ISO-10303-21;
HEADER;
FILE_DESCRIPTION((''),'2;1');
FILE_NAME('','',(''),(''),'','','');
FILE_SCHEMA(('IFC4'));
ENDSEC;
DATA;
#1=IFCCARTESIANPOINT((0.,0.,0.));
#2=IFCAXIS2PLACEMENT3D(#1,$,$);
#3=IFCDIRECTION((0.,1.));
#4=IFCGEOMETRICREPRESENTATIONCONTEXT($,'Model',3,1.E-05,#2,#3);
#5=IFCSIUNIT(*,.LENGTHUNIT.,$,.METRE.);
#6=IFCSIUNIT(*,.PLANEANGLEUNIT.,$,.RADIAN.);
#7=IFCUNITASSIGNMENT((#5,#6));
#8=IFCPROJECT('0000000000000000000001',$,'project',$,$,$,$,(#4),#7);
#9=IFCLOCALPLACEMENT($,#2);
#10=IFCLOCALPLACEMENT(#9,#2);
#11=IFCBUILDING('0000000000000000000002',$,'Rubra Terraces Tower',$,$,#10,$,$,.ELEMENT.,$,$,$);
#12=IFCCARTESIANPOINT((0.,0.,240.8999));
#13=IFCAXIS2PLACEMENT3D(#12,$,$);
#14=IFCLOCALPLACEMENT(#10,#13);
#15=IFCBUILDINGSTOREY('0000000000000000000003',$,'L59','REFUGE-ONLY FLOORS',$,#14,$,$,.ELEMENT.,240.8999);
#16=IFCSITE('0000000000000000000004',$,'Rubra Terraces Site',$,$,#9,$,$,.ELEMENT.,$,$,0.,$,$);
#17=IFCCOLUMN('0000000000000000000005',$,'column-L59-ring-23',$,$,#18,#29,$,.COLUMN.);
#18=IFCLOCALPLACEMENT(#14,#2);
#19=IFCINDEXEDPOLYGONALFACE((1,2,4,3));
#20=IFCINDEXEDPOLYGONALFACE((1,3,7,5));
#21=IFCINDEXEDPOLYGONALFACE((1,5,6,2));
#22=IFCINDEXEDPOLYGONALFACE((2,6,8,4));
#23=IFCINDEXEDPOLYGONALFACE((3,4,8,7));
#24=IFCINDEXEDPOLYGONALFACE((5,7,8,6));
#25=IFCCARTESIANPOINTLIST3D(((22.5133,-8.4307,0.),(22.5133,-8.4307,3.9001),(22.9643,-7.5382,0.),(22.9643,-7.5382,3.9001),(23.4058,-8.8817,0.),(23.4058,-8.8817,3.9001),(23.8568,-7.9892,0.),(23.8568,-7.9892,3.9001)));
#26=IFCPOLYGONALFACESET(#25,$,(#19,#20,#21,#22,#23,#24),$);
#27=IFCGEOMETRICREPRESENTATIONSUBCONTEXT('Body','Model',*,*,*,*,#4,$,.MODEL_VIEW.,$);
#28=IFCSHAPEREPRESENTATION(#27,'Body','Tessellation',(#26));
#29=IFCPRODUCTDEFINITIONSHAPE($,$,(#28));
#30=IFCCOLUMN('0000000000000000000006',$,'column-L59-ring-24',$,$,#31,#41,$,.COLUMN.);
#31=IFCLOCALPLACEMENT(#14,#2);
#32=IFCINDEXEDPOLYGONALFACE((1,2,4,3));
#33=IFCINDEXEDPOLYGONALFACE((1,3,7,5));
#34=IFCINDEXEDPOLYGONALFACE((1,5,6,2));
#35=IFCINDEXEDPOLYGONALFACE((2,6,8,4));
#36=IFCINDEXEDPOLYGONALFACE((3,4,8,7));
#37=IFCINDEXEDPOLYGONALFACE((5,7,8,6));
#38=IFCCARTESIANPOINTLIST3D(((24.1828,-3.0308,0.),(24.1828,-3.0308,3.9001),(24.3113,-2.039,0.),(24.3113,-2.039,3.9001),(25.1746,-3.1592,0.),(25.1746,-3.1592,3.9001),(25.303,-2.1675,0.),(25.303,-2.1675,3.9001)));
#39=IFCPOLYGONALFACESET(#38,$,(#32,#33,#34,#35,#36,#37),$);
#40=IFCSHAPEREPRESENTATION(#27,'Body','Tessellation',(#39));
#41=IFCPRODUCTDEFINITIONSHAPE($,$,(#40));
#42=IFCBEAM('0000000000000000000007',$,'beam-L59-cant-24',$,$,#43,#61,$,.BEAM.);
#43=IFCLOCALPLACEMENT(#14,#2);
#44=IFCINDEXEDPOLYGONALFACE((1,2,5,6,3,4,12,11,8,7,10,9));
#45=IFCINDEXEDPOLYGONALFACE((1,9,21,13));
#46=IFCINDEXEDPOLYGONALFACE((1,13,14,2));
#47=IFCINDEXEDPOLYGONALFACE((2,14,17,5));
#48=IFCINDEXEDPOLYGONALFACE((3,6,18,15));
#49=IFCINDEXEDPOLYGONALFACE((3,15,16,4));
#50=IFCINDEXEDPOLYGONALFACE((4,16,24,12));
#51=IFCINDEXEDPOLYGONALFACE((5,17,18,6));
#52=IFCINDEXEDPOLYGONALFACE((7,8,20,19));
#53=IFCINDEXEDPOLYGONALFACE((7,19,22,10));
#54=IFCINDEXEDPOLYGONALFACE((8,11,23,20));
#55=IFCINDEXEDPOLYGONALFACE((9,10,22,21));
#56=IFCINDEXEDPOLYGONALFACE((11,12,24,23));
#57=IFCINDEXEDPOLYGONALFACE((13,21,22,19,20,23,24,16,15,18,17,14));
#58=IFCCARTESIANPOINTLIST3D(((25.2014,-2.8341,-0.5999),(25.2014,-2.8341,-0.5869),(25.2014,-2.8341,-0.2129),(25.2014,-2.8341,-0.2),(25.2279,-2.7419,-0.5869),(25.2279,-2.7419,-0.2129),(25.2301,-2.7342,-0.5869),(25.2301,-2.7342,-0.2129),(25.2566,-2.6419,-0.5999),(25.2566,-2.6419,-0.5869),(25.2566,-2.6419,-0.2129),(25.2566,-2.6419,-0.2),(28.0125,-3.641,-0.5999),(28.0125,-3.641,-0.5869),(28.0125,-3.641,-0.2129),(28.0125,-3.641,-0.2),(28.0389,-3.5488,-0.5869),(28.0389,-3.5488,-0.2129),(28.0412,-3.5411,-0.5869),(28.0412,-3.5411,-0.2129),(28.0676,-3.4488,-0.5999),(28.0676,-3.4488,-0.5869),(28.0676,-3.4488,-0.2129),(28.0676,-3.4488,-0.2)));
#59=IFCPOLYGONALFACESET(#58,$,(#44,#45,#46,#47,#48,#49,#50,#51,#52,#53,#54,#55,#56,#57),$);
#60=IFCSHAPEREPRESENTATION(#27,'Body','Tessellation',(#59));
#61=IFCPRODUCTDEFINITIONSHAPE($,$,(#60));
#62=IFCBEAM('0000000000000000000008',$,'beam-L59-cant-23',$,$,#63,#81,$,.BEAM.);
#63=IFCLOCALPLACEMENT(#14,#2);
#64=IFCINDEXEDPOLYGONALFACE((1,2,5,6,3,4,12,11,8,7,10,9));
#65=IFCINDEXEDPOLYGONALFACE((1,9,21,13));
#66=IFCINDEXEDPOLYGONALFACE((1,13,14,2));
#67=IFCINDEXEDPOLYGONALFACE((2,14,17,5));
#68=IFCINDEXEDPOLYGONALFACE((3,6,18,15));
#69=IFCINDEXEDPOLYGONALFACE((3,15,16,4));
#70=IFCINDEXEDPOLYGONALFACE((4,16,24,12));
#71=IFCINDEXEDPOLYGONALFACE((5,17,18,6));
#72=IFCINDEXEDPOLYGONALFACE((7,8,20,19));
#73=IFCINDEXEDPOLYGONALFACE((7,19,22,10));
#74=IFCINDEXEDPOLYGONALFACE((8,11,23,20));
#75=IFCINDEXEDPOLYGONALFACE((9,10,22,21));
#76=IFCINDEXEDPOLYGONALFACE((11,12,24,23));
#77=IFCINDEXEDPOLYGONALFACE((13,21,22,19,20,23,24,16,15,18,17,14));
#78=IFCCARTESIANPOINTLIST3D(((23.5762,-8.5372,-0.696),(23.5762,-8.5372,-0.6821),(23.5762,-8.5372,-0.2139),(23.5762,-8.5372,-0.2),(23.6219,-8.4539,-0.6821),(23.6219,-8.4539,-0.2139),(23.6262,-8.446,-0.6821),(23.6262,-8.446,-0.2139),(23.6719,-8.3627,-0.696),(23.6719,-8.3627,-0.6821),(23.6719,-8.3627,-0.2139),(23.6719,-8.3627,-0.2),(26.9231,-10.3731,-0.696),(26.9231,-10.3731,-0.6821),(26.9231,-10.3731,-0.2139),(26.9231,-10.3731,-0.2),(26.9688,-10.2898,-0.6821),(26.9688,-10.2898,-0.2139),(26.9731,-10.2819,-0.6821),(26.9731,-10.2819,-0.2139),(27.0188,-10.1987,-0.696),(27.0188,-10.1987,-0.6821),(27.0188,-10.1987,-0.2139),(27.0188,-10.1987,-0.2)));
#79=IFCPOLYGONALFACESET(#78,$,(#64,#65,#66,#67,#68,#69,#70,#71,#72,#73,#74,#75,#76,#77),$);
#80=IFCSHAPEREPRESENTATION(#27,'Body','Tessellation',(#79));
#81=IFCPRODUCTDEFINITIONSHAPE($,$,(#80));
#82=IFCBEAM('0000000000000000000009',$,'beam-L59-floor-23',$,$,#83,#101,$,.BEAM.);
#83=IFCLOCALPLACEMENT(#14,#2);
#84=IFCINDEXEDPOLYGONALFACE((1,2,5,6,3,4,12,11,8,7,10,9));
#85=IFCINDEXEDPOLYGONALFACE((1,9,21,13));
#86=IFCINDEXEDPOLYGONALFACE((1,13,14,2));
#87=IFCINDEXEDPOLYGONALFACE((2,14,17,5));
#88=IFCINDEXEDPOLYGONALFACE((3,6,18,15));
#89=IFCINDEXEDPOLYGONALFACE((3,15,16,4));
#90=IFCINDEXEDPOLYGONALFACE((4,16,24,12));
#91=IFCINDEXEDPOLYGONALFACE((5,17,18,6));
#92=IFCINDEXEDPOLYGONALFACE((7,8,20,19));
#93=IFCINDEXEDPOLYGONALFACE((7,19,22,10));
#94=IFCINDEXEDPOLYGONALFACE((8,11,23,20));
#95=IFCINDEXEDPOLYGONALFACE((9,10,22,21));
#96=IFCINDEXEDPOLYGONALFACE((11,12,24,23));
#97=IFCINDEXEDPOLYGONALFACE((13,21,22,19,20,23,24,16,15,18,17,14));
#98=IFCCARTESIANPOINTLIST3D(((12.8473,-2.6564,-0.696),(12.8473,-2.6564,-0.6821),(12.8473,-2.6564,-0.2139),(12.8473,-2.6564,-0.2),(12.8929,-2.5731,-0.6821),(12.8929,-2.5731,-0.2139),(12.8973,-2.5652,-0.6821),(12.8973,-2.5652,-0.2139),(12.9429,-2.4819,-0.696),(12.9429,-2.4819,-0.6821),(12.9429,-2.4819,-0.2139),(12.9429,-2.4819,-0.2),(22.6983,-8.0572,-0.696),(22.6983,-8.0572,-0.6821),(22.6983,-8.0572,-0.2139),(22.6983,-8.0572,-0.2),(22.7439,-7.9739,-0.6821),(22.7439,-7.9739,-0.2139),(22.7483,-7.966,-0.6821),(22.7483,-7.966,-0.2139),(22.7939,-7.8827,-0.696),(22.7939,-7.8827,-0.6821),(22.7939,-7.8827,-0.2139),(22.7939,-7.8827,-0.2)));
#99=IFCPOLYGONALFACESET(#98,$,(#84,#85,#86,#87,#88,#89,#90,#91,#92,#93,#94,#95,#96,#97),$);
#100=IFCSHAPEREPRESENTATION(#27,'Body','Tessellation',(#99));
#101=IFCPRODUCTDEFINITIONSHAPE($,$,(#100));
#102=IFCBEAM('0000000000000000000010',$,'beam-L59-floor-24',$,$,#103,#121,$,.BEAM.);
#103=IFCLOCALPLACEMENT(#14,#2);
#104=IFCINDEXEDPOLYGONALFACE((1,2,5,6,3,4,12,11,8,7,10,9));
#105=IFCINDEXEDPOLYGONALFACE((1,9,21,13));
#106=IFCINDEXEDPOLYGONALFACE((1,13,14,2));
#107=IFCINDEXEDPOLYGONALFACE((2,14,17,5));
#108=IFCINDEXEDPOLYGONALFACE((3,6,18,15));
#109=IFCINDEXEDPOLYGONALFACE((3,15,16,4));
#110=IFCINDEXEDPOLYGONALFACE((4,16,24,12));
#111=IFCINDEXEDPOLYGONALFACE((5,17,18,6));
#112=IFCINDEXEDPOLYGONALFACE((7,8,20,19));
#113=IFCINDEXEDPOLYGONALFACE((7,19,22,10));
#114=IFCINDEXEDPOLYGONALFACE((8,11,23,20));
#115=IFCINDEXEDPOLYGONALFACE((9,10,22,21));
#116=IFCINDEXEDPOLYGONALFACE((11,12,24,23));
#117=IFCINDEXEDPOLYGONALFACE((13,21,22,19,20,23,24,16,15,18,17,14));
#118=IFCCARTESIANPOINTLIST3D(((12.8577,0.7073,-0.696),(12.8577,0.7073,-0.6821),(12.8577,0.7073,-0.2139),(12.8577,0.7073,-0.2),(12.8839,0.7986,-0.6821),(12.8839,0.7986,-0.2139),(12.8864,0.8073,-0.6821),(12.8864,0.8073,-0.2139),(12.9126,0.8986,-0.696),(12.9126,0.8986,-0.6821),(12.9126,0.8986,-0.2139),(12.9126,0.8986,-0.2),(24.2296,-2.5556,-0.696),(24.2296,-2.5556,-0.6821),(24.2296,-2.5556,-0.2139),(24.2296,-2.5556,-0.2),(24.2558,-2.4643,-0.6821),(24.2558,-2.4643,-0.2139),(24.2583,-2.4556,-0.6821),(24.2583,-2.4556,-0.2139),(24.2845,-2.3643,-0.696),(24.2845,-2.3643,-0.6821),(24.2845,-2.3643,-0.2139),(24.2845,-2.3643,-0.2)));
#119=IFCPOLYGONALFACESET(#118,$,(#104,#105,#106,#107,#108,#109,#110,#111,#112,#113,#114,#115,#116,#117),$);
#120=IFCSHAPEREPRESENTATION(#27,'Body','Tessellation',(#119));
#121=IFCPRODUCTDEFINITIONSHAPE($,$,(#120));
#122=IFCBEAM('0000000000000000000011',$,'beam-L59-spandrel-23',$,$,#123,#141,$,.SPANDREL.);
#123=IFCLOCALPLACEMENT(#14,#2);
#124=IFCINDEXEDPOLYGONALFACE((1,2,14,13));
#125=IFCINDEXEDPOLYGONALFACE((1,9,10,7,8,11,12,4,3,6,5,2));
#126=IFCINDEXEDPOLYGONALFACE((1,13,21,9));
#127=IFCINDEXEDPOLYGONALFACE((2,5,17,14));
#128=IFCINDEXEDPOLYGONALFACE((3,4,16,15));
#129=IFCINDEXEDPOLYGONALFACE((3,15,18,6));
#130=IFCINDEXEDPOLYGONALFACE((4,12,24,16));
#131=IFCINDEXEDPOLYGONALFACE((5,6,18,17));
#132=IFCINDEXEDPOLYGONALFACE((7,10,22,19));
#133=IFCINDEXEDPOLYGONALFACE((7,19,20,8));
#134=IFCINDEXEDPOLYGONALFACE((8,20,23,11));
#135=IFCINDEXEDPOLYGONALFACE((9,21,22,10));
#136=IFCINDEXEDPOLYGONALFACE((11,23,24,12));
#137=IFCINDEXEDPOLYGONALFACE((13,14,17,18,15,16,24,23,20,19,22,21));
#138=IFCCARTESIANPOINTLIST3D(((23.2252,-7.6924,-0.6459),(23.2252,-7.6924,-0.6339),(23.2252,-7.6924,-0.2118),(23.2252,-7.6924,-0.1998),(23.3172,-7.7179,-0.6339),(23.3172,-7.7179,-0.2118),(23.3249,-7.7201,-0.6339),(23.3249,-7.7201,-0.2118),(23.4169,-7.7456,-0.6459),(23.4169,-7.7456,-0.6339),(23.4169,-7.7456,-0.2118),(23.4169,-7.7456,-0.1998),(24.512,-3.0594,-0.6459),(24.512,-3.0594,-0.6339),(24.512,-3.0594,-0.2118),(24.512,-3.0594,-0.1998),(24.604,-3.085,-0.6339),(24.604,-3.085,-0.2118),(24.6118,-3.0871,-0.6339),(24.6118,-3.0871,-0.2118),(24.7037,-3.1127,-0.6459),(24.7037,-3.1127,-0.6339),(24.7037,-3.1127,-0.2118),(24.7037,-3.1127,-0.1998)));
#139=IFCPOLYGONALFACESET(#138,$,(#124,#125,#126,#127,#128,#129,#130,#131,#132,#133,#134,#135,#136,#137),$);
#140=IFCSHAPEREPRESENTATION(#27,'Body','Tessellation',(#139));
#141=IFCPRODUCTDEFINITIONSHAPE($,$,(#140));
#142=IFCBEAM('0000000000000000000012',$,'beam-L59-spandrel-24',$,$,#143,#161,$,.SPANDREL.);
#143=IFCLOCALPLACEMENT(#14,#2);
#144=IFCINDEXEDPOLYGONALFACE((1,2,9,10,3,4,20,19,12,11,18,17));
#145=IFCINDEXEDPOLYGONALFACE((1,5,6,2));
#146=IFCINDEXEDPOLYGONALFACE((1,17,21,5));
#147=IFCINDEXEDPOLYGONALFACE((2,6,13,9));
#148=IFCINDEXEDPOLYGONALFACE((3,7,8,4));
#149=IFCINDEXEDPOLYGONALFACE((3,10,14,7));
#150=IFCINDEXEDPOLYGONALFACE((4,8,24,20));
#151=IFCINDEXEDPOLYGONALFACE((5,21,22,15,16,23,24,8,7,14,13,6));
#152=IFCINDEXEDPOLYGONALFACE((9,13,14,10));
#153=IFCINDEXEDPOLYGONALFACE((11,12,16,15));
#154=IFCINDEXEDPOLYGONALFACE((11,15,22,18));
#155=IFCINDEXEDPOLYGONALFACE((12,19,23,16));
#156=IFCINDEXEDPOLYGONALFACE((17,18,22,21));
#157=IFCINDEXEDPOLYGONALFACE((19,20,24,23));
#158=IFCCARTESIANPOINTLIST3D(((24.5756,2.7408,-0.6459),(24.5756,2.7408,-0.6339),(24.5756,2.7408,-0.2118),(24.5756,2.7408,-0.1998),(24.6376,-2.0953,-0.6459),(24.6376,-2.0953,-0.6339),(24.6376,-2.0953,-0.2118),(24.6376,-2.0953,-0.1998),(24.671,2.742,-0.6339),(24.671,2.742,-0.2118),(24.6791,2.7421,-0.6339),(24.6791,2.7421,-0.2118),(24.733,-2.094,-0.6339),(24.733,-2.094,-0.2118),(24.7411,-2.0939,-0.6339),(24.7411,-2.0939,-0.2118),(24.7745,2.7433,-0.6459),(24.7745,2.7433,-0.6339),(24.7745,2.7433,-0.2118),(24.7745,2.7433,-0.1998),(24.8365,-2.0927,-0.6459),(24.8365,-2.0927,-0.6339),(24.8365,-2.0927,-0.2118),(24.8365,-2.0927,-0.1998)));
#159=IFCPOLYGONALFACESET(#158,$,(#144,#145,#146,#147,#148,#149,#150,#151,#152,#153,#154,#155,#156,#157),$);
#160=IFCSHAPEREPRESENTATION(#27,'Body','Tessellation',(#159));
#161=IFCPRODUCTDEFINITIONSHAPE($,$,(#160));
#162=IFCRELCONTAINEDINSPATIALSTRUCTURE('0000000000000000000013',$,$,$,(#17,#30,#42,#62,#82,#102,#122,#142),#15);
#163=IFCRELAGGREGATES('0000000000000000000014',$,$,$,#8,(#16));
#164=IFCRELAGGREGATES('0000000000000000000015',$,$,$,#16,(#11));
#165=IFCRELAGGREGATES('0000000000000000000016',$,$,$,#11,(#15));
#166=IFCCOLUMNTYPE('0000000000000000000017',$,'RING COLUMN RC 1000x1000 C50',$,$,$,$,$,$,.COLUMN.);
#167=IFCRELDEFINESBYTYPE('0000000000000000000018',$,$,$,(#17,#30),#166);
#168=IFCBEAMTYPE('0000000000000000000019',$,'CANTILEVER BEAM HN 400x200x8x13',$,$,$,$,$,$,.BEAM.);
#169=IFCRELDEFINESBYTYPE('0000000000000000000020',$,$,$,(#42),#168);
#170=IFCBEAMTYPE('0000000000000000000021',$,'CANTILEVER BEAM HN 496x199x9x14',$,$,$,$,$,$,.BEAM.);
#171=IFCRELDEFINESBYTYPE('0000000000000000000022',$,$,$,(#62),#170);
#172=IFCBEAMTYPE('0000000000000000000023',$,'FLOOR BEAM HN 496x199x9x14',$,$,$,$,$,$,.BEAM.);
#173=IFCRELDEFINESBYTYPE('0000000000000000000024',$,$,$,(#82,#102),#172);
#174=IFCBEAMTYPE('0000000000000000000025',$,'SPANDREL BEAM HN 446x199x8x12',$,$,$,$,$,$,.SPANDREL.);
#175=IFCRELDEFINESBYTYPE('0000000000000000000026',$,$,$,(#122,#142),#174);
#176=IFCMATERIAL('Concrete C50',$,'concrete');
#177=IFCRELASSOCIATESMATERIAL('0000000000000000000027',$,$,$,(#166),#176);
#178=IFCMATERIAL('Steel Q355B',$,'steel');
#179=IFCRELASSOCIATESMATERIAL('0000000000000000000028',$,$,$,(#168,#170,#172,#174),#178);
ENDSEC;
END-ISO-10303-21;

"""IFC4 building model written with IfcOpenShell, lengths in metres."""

from ifc_helpers import new_model, si_unit, direction, frame, origin, origin_2d, place, context, subcontext, project, spatial, rectangle, i_section, extrude, material, material_profile, profile_set, type_object, element, save


model = new_model("IFC4")

# Units and contexts
model_context = context("Model", 3, precision=1e-05, world=origin(), true_north=direction((0.0, 1.0)))
body_context = subcontext(model_context, "Body", "Model", "MODEL_VIEW")
ifc_project = project(units=[si_unit("LENGTHUNIT", "METRE"), si_unit("PLANEANGLEUNIT", "RADIAN")], contexts=[model_context])

# Site, building, storey
site_placement = place(None, origin())
site = spatial("IfcSite", under=ifc_project, at=site_placement, Name="Rubra Terraces Site", CompositionType="ELEMENT", RefElevation=0.0)
building_placement = place(site_placement, origin())
building = spatial("IfcBuilding", under=site, at=building_placement, Name="Rubra Terraces Tower", CompositionType="ELEMENT")
storey_placement = place(building_placement, frame((0.0, 0.0, 240.8999)))
storey = spatial("IfcBuildingStorey", under=building, at=storey_placement, Name="L59", Description="REFUGE-ONLY FLOORS", CompositionType="ELEMENT", Elevation=240.8999)

# Columns
ifc_material_1 = material(Name="Concrete C50", Category="concrete")
ifc_material_profile_1 = material_profile(ifc_material_1, rectangle(XDim=1.0, YDim=1.0, at=origin_2d()), Name="RC 1000x1000")
ifc_profile_set_1 = profile_set([ifc_material_profile_1], Name="Concrete C50")
column_type = type_object("IfcColumnType", Name="RING COLUMN RC 1000x1000 C50", PredefinedType="COLUMN", material=ifc_profile_set_1)
for number, where, z_axis, x_axis, name in (
    (1, (23.1851, -8.21, 0.0), (0.0, 0.0, 1.0), (0.451028, 0.89251, 0.0), "column-L59-ring-23"),
    (2, (24.7429, -2.5991, 0.0), (0.0, 0.0, 1.0), (0.128444, 0.991717, 0.0), "column-L59-ring-24"),
):
    element("IfcColumn", number, at=place(storey_placement, frame(where, z_axis=z_axis, x_axis=x_axis)), inside=storey, type_object=column_type, Name=name, PredefinedType="COLUMN", context=body_context, shape_type="SweptSolid", body=[
        extrude(rectangle(XDim=1.0, YDim=1.0, at=origin_2d()), origin(), (0.0, 0.0, 1.0), 3.9001),
    ])

# Beams
ifc_material_2 = material(Name="Steel Q355B", Category="steel")
ifc_material_profile_2 = material_profile(ifc_material_2, i_section(OverallWidth=0.2, OverallDepth=0.3999, WebThickness=0.0081, FlangeThickness=0.0129, at=origin_2d()), Name="HN 400x200x8x13")
ifc_profile_set_2 = profile_set([ifc_material_profile_2], Name="Steel Q355B")
beam_type_1 = type_object("IfcBeamType", Name="CANTILEVER BEAM HN 400x200x8x13", PredefinedType="BEAM", material=ifc_profile_set_2)
beam_1_placement = place(storey_placement, frame((25.229, -2.738, -0.3999), z_axis=(0.961186, -0.275901, 0.0), x_axis=(0.275901, 0.961186, 0.0)))
element("IfcBeam", 3, at=beam_1_placement, inside=storey, type_object=beam_type_1, Name="beam-L59-cant-24", PredefinedType="BEAM", context=body_context, shape_type="SweptSolid", body=[
    extrude(i_section(OverallWidth=0.2, OverallDepth=0.3999, WebThickness=0.0081, FlangeThickness=0.0129, at=origin_2d()), origin(), (0.0, 0.0, 1.0), 2.9246),
])
ifc_material_profile_3 = material_profile(ifc_material_2, i_section(OverallWidth=0.199, OverallDepth=0.4961, WebThickness=0.009, FlangeThickness=0.0139, at=origin_2d()), Name="HN 496x199x9x14")
ifc_profile_set_3 = profile_set([ifc_material_profile_3], Name="Steel Q355B")
beam_type_2 = type_object("IfcBeamType", Name="CANTILEVER BEAM HN 496x199x9x14", PredefinedType="BEAM", material=ifc_profile_set_3)
beam_2_placement = place(storey_placement, frame((23.624, -8.45, -0.448), z_axis=(0.876754, -0.480939, 0.0), x_axis=(0.480939, 0.876754, 0.0)))
element("IfcBeam", 4, at=beam_2_placement, inside=storey, type_object=beam_type_2, Name="beam-L59-cant-23", PredefinedType="BEAM", context=body_context, shape_type="SweptSolid", body=[
    extrude(i_section(OverallWidth=0.199, OverallDepth=0.4961, WebThickness=0.009, FlangeThickness=0.0139, at=origin_2d()), origin(), (0.0, 0.0, 1.0), 3.8174),
])
ifc_material_profile_4 = material_profile(ifc_material_2, i_section(OverallWidth=0.199, OverallDepth=0.4961, WebThickness=0.009, FlangeThickness=0.0139, at=origin_2d()), Name="HN 496x199x9x14")
ifc_profile_set_4 = profile_set([ifc_material_profile_4], Name="Steel Q355B")
beam_type_3 = type_object("IfcBeamType", Name="FLOOR BEAM HN 496x199x9x14", PredefinedType="BEAM", material=ifc_profile_set_4)
beam_3_placement = place(storey_placement, frame((22.7461, -7.97, -0.448), z_axis=(-0.876862, 0.480742, 0.0), x_axis=(-0.480742, -0.876862, 0.0)))
element("IfcBeam", 5, at=beam_3_placement, inside=storey, type_object=beam_type_3, Name="beam-L59-floor-23", PredefinedType="BEAM", context=body_context, shape_type="SweptSolid", body=[
    extrude(i_section(OverallWidth=0.199, OverallDepth=0.4961, WebThickness=0.009, FlangeThickness=0.0139, at=origin_2d()), origin(), (0.0, 0.0, 1.0), 11.2344),
])
beam_4_placement = place(storey_placement, frame((24.2571, -2.46, -0.448), z_axis=(-0.961216, 0.275798, 0.0), x_axis=(-0.275798, -0.961216, 0.0)))
element("IfcBeam", 6, at=beam_4_placement, inside=storey, type_object=beam_type_3, Name="beam-L59-floor-24", PredefinedType="BEAM", context=body_context, shape_type="SweptSolid", body=[
    extrude(i_section(OverallWidth=0.199, OverallDepth=0.4961, WebThickness=0.009, FlangeThickness=0.0139, at=origin_2d()), origin(), (0.0, 0.0, 1.0), 11.8308),
])
ifc_material_profile_5 = material_profile(ifc_material_2, i_section(OverallWidth=0.199, OverallDepth=0.446, WebThickness=0.0081, FlangeThickness=0.012, at=origin_2d()), Name="HN 446x199x8x12")
ifc_profile_set_5 = profile_set([ifc_material_profile_5], Name="Steel Q355B")
beam_type_4 = type_object("IfcBeamType", Name="SPANDREL BEAM HN 446x199x8x12", PredefinedType="SPANDREL", material=ifc_profile_set_5)
beam_5_placement = place(storey_placement, frame((23.321, -7.719, -0.4229), z_axis=(0.267626, 0.963523, 0.0), x_axis=(-0.963523, 0.267626, 0.0)))
element("IfcBeam", 7, at=beam_5_placement, inside=storey, type_object=beam_type_4, Name="beam-L59-spandrel-23", PredefinedType="SPANDREL", context=body_context, shape_type="SweptSolid", body=[
    extrude(i_section(OverallWidth=0.199, OverallDepth=0.446, WebThickness=0.0081, FlangeThickness=0.012, at=origin_2d()), origin(), (0.0, 0.0, 1.0), 4.8083),
])
beam_6_placement = place(storey_placement, frame((24.7371, -2.094, -0.4229), z_axis=(-0.012822, 0.999918, 0.0), x_axis=(-0.999918, -0.012822, 0.0)))
element("IfcBeam", 8, at=beam_6_placement, inside=storey, type_object=beam_type_4, Name="beam-L59-spandrel-24", PredefinedType="SPANDREL", context=body_context, shape_type="SweptSolid", body=[
    extrude(i_section(OverallWidth=0.199, OverallDepth=0.446, WebThickness=0.0081, FlangeThickness=0.012, at=origin_2d()), origin(), (0.0, 0.0, 1.0), 4.8364),
])

save(model, "model.ifc")
